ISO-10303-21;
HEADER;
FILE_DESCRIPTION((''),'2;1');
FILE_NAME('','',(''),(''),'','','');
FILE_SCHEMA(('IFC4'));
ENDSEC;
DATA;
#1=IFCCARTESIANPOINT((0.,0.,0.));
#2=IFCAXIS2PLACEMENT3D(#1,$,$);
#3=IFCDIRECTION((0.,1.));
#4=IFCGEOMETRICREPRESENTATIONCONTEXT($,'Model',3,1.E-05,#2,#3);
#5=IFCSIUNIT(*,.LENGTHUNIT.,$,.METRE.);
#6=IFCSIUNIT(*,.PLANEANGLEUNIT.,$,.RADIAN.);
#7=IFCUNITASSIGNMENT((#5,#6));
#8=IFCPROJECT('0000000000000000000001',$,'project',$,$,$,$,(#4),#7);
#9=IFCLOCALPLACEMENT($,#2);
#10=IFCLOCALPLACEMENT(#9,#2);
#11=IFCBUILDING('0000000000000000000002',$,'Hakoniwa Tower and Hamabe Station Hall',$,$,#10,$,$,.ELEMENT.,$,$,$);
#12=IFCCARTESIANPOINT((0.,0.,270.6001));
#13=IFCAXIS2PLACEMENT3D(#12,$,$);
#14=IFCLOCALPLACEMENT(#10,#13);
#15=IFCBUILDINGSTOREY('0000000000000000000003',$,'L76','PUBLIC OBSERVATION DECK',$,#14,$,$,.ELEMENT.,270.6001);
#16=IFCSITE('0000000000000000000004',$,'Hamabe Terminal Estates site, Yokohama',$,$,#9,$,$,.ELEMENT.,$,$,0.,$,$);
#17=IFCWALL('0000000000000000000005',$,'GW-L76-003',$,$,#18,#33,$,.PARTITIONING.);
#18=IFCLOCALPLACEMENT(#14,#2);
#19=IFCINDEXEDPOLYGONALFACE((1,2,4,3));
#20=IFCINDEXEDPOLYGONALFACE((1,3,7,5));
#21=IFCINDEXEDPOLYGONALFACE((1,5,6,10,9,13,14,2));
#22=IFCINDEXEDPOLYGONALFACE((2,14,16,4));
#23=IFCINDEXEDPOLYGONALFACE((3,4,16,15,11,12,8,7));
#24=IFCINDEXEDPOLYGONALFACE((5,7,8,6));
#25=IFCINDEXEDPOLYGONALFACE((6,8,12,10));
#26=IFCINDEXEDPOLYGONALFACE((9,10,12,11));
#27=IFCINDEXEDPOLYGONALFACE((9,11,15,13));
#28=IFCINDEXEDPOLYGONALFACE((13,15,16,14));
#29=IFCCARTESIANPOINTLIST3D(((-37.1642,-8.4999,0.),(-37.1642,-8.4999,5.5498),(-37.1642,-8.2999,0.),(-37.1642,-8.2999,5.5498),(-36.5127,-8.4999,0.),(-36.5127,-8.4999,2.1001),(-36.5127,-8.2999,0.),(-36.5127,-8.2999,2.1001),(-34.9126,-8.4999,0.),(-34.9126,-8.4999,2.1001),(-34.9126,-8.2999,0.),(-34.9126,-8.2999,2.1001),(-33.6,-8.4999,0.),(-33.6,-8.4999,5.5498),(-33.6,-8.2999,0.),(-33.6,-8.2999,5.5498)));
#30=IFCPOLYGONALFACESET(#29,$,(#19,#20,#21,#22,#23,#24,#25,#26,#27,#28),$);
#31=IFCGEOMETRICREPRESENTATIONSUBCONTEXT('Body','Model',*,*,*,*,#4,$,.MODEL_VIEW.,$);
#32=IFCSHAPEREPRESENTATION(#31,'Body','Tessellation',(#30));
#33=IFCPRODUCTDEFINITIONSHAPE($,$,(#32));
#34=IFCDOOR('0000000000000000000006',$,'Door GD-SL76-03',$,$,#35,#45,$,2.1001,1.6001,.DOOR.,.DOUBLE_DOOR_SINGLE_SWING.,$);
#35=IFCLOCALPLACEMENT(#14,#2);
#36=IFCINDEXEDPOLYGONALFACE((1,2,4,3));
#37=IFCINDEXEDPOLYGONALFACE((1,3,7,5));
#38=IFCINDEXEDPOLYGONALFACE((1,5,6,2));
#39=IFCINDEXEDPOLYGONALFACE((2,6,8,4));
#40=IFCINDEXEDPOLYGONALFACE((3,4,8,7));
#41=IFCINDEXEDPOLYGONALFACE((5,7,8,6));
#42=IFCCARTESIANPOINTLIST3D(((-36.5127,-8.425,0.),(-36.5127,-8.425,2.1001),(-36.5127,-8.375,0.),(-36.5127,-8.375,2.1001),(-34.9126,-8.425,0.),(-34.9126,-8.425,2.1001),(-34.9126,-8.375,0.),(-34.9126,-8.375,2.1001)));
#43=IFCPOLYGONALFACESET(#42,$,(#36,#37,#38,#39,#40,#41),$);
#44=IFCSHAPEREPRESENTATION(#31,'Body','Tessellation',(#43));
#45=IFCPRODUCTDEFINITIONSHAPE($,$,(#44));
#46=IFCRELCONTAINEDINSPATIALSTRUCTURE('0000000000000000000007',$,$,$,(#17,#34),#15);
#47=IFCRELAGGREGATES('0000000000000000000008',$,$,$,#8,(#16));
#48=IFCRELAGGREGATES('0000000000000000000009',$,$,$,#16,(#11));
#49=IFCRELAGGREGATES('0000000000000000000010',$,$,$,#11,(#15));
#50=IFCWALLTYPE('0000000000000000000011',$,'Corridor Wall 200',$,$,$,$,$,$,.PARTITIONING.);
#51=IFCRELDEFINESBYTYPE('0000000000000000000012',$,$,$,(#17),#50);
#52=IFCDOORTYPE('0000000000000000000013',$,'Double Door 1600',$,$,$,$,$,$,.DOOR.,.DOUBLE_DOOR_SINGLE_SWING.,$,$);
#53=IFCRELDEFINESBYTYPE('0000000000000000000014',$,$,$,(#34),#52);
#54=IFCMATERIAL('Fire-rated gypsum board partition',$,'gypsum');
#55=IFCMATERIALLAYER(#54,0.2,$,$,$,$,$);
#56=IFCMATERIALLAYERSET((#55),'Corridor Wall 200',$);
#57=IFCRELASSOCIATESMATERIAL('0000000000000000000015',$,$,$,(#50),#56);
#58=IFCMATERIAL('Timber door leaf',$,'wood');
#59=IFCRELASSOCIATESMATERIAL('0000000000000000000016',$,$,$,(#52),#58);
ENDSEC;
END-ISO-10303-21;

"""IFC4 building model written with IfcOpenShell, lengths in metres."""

from ifc_helpers import new_model, si_unit, direction, frame, frame_2d, origin, place, context, subcontext, project, spatial, rectangle, extrude, material, layer, layer_set, type_object, element, fill, save


model = new_model("IFC4")

# Units and contexts
model_context = context("Model", 3, precision=1e-05, world=origin(), true_north=direction((0.0, 1.0)))
body_context = subcontext(model_context, "Body", "Model", "MODEL_VIEW")
ifc_project = project(units=[si_unit("LENGTHUNIT", "METRE"), si_unit("PLANEANGLEUNIT", "RADIAN")], contexts=[model_context])

# Site, building, storey
site_placement = place(None, origin())
site = spatial("IfcSite", under=ifc_project, at=site_placement, Name="Hamabe Terminal Estates site, Yokohama", CompositionType="ELEMENT", RefElevation=0.0)
building_placement = place(site_placement, origin())
building = spatial("IfcBuilding", under=site, at=building_placement, Name="Hakoniwa Tower and Hamabe Station Hall", CompositionType="ELEMENT")
storey_placement = place(building_placement, frame((0.0, 0.0, 270.6001)))
storey = spatial("IfcBuildingStorey", under=building, at=storey_placement, Name="L76", Description="PUBLIC OBSERVATION DECK", CompositionType="ELEMENT", Elevation=270.6001)

# Wall, opening, door
ifc_material_1 = material(Name="Fire-rated gypsum board partition", Category="gypsum")
ifc_layer_1 = layer(ifc_material_1, 0.2)
ifc_layer_set_1 = layer_set([ifc_layer_1], Name="Corridor Wall 200")
wall_type_1 = type_object("IfcWallType", Name="Corridor Wall 200", PredefinedType="PARTITIONING", material=ifc_layer_set_1)
wall_1_placement = place(storey_placement, frame((-37.1643, -8.3999, 0.0), z_axis=(0.0, 0.0, 1.0), x_axis=(1.0, 0.0, 0.0)))
wall_1 = element("IfcWall", 1, at=wall_1_placement, inside=storey, type_object=wall_type_1, Name="GW-L76-003", PredefinedType="PARTITIONING", context=body_context, shape_type="SweptSolid", body=[
    extrude(rectangle(XDim=3.5642, YDim=0.2, at=frame_2d((1.7822, 0.0))), origin(), (0.0, 0.0, 1.0), 5.5498),
])
opening_1_placement = place(wall_1_placement, frame((0.6516, 0.0, 0.0)))
opening_1 = element("IfcOpeningElement", 2, at=opening_1_placement, cuts=wall_1, PredefinedType="OPENING", context=body_context, shape_type="SweptSolid", body=[
    extrude(rectangle(XDim=1.6001, YDim=2.1001, at=frame_2d((0.8, 1.05))), frame((0.0, 0.1099, 0.0), z_axis=(0.0, -1.0, 0.0), x_axis=(1.0, 0.0, 0.0)), (0.0, 0.0, 1.0), 0.22),
])
ifc_material_2 = material(Name="Timber door leaf", Category="wood")
door_type_1 = type_object("IfcDoorType", Name="Double Door 1600", OperationType="DOUBLE_DOOR_SINGLE_SWING", PredefinedType="DOOR", material=ifc_material_2)
door_1_placement = place(opening_1_placement, origin())
door_1 = element("IfcDoor", 3, at=door_1_placement, inside=storey, type_object=door_type_1, Name="Door GD-SL76-03", OperationType="DOUBLE_DOOR_SINGLE_SWING", OverallHeight=2.1001, OverallWidth=1.6001, PredefinedType="DOOR", context=body_context, shape_type="SweptSolid", body=[
    extrude(rectangle(XDim=1.6001, YDim=2.1001, at=frame_2d((0.8, 1.05))), frame((0.0, 0.0249, 0.0), z_axis=(0.0, -1.0, 0.0), x_axis=(1.0, 0.0, 0.0)), (0.0, 0.0, 1.0), 0.05),
])
fill(opening_1, door_1)

save(model, "model.ifc")
